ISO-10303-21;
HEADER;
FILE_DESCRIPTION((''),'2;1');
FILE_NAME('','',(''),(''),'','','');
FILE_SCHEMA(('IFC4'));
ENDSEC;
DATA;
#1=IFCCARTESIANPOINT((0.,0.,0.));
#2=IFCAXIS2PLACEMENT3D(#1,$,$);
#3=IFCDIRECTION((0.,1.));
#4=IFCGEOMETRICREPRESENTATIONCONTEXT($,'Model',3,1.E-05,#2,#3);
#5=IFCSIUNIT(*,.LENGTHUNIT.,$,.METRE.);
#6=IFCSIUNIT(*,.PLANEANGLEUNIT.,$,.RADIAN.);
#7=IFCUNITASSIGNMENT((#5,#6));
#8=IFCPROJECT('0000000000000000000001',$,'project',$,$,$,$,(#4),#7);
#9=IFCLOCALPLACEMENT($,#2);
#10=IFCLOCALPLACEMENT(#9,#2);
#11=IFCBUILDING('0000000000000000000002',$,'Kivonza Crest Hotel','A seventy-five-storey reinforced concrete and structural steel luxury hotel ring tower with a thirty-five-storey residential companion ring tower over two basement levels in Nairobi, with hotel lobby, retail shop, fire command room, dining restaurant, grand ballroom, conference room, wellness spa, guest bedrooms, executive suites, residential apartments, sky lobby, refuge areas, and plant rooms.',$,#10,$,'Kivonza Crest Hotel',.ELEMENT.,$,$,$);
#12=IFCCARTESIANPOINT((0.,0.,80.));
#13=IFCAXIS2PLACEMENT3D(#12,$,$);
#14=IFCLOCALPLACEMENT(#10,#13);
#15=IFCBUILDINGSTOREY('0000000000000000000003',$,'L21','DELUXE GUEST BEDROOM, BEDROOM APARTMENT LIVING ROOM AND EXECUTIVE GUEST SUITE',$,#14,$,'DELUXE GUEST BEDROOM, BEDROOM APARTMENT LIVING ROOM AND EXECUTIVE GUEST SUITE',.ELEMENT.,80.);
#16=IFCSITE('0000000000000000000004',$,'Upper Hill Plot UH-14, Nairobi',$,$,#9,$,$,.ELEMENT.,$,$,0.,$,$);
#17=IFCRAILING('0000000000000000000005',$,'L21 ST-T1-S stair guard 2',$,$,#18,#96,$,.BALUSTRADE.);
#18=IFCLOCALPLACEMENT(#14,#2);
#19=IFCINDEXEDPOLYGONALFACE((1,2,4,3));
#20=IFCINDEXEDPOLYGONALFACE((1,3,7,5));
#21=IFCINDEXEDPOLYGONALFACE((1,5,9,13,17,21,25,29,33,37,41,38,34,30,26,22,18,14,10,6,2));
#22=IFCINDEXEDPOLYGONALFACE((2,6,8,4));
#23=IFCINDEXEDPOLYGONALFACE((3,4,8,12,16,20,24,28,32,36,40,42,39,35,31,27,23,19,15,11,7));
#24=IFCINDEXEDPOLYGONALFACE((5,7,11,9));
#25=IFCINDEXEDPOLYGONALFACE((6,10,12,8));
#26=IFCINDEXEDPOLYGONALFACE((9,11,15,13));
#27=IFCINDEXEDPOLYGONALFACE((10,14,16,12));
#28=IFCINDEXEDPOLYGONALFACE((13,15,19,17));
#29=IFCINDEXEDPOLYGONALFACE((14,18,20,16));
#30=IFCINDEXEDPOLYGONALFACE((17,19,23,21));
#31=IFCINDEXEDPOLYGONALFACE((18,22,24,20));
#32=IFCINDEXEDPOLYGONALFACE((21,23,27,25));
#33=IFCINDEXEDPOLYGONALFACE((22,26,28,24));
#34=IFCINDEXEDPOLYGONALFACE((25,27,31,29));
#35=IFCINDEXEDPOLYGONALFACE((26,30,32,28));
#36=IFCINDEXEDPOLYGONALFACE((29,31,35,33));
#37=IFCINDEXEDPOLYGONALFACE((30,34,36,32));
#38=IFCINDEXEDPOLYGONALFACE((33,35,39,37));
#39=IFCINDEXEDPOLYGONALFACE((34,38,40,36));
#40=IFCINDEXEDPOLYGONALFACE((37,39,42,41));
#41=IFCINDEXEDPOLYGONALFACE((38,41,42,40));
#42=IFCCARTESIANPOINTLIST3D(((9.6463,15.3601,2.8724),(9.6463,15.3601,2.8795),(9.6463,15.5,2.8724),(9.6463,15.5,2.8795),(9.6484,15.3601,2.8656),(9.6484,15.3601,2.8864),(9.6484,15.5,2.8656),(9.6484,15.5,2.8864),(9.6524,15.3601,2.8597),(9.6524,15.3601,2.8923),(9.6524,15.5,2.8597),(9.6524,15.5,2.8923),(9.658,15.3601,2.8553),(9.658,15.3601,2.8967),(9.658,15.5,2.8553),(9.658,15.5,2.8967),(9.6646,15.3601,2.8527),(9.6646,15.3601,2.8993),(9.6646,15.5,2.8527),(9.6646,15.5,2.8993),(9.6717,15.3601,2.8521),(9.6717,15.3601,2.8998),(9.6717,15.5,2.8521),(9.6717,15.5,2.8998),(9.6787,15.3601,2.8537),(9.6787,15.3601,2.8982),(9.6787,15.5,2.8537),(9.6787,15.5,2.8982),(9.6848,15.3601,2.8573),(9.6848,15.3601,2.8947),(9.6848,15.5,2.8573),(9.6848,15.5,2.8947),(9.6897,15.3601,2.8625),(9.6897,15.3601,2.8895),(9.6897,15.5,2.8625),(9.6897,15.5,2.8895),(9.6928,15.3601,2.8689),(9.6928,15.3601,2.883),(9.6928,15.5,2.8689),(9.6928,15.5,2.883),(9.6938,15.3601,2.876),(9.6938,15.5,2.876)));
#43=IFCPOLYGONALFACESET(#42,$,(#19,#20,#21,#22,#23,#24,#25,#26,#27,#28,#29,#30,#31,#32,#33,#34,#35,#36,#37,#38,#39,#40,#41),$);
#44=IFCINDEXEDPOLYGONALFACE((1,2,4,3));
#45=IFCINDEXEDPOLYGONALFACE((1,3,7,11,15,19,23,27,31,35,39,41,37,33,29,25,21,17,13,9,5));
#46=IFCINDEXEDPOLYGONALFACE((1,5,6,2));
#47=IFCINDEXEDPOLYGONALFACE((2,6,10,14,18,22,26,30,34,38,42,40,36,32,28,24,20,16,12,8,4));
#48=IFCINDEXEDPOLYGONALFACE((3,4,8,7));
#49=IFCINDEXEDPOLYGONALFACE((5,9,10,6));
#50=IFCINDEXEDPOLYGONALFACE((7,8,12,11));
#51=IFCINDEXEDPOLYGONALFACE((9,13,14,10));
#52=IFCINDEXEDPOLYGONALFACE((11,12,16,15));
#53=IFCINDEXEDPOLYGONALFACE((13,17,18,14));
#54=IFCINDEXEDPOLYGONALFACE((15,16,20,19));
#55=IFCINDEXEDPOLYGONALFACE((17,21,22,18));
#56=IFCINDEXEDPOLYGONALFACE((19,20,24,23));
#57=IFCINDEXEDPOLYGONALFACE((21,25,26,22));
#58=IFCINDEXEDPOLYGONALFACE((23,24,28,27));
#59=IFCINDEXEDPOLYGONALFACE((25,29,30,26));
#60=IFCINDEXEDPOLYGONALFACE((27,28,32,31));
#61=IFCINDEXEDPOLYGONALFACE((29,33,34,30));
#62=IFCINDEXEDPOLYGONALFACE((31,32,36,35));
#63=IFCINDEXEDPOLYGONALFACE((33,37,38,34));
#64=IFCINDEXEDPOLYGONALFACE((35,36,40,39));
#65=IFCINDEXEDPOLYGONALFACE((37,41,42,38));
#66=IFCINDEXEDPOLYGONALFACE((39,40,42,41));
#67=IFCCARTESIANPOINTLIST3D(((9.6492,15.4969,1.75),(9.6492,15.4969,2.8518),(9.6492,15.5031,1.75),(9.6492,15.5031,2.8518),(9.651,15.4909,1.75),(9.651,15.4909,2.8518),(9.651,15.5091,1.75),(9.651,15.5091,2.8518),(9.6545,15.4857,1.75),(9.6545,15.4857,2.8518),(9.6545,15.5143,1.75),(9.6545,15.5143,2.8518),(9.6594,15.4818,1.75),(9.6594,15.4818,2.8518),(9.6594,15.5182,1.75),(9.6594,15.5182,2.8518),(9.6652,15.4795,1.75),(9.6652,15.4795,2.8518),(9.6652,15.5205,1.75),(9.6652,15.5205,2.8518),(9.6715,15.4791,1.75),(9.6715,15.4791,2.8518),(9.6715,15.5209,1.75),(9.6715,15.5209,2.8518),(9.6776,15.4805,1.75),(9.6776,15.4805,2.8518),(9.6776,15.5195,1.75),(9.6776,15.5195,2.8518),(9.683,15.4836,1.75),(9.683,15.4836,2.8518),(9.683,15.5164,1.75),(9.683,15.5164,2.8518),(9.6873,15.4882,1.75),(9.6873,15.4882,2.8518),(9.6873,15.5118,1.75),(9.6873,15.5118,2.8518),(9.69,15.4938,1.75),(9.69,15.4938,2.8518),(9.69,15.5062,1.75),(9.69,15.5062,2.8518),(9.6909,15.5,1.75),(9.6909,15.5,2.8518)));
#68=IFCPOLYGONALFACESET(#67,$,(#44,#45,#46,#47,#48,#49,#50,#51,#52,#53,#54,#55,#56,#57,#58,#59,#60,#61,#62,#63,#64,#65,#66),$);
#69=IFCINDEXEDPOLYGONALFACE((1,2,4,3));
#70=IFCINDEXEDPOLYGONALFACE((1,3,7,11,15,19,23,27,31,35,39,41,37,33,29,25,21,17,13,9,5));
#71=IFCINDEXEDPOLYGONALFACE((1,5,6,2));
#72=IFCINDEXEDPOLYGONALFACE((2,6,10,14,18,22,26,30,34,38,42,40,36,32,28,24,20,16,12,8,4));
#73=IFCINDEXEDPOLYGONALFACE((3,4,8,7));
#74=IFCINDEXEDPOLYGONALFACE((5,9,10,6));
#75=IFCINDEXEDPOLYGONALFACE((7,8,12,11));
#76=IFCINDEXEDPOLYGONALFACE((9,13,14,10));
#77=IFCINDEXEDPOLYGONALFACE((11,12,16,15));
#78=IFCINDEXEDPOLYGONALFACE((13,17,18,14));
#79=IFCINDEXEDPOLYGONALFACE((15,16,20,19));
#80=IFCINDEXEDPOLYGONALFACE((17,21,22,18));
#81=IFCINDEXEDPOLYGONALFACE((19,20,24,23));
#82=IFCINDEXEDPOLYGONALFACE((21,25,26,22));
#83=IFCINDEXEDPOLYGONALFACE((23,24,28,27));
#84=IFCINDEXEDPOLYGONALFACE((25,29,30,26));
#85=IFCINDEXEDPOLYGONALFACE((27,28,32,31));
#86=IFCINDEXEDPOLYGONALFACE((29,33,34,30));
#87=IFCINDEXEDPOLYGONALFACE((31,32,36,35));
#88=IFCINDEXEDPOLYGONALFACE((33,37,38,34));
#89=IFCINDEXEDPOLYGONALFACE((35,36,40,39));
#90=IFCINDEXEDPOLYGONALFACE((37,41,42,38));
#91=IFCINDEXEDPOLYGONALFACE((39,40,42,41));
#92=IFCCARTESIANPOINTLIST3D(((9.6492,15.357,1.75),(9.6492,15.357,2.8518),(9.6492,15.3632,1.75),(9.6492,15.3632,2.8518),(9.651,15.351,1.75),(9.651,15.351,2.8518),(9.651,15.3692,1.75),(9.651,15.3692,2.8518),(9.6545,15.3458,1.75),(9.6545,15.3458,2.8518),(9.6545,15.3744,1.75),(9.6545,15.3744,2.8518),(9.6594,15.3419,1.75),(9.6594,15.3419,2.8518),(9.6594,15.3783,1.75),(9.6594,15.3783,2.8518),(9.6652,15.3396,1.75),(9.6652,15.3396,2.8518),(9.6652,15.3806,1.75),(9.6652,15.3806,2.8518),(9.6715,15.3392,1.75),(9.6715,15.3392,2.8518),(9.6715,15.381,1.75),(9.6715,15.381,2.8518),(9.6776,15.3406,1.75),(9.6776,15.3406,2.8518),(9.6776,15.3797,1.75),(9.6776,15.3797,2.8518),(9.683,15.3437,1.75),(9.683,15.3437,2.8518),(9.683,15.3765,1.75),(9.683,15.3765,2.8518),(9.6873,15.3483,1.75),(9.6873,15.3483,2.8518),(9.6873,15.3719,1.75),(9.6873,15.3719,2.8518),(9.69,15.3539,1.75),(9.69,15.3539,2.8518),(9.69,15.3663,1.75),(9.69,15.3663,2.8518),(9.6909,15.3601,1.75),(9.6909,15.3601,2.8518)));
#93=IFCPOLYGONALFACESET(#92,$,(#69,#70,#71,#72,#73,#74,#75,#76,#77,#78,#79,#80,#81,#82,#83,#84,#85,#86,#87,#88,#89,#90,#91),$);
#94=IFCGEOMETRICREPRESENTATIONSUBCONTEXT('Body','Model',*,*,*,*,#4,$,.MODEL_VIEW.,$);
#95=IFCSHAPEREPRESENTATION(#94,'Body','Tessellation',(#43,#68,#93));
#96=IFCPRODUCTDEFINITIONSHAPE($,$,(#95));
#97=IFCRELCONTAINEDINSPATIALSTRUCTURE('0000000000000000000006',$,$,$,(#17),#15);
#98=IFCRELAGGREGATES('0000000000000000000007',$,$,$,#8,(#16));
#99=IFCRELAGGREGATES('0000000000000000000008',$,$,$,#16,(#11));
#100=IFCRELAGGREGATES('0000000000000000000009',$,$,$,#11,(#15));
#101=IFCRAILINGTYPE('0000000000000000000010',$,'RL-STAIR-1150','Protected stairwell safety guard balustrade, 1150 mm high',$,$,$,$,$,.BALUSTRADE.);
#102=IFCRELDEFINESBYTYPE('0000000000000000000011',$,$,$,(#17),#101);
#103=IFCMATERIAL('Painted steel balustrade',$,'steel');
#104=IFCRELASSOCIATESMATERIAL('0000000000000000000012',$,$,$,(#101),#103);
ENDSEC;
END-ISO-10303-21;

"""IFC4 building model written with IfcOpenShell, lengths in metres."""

from ifc_helpers import new_model, si_unit, direction, frame, origin, origin_2d, place, context, subcontext, project, spatial, circle, extrude, material, type_object, element, save


model = new_model("IFC4")

# Units and contexts
model_context = context("Model", 3, precision=1e-05, world=origin(), true_north=direction((0.0, 1.0)))
body_context = subcontext(model_context, "Body", "Model", "MODEL_VIEW")
ifc_project = project(units=[si_unit("LENGTHUNIT", "METRE"), si_unit("PLANEANGLEUNIT", "RADIAN")], contexts=[model_context])

# Site, building, storey
site_placement = place(None, origin())
site = spatial("IfcSite", under=ifc_project, at=site_placement, Name="Upper Hill Plot UH-14, Nairobi", CompositionType="ELEMENT", RefElevation=0.0)
building_placement = place(site_placement, origin())
building = spatial("IfcBuilding", under=site, at=building_placement, Name="Kivonza Crest Hotel", Description="A seventy-five-storey reinforced concrete and structural steel luxury hotel ring tower with a thirty-five-storey residential companion ring tower over two basement levels in Nairobi, with hotel lobby, retail shop, fire command room, dining restaurant, grand ballroom, conference room, wellness spa, guest bedrooms, executive suites, residential apartments, sky lobby, refuge areas, and plant rooms.", LongName="Kivonza Crest Hotel", CompositionType="ELEMENT")
storey_placement = place(building_placement, frame((0.0, 0.0, 80.0)))
storey = spatial("IfcBuildingStorey", under=building, at=storey_placement, Name="L21", Description="DELUXE GUEST BEDROOM, BEDROOM APARTMENT LIVING ROOM AND EXECUTIVE GUEST SUITE", LongName="DELUXE GUEST BEDROOM, BEDROOM APARTMENT LIVING ROOM AND EXECUTIVE GUEST SUITE", CompositionType="ELEMENT", Elevation=80.0)

# Railing
ifc_material_1 = material(Name="Painted steel balustrade", Category="steel")
railing_type_1 = type_object("IfcRailingType", Name="RL-STAIR-1150", Description="Protected stairwell safety guard balustrade, 1150 mm high", PredefinedType="BALUSTRADE", material=ifc_material_1)
railing_1_placement = place(storey_placement, frame((9.6699, 15.5, 1.75)))
element("IfcRailing", 1, at=railing_1_placement, inside=storey, type_object=railing_type_1, Name="L21 ST-T1-S stair guard 2", PredefinedType="BALUSTRADE", context=body_context, shape_type="SweptSolid", body=[
    extrude(circle(Radius=0.0239, at=origin_2d()), frame((0.0, 0.0, 1.126), z_axis=(0.0, -1.0, 0.0), x_axis=(1.0, 0.0, 0.0)), (0.0, 0.0, 1.0), 0.1399),
    extrude(circle(Radius=0.021, at=origin_2d()), origin(), (0.0, 0.0, 1.0), 1.1018),
    extrude(circle(Radius=0.021, at=origin_2d()), frame((0.0, -0.1399, 0.0)), (0.0, 0.0, 1.0), 1.1018),
])

save(model, "model.ifc")
